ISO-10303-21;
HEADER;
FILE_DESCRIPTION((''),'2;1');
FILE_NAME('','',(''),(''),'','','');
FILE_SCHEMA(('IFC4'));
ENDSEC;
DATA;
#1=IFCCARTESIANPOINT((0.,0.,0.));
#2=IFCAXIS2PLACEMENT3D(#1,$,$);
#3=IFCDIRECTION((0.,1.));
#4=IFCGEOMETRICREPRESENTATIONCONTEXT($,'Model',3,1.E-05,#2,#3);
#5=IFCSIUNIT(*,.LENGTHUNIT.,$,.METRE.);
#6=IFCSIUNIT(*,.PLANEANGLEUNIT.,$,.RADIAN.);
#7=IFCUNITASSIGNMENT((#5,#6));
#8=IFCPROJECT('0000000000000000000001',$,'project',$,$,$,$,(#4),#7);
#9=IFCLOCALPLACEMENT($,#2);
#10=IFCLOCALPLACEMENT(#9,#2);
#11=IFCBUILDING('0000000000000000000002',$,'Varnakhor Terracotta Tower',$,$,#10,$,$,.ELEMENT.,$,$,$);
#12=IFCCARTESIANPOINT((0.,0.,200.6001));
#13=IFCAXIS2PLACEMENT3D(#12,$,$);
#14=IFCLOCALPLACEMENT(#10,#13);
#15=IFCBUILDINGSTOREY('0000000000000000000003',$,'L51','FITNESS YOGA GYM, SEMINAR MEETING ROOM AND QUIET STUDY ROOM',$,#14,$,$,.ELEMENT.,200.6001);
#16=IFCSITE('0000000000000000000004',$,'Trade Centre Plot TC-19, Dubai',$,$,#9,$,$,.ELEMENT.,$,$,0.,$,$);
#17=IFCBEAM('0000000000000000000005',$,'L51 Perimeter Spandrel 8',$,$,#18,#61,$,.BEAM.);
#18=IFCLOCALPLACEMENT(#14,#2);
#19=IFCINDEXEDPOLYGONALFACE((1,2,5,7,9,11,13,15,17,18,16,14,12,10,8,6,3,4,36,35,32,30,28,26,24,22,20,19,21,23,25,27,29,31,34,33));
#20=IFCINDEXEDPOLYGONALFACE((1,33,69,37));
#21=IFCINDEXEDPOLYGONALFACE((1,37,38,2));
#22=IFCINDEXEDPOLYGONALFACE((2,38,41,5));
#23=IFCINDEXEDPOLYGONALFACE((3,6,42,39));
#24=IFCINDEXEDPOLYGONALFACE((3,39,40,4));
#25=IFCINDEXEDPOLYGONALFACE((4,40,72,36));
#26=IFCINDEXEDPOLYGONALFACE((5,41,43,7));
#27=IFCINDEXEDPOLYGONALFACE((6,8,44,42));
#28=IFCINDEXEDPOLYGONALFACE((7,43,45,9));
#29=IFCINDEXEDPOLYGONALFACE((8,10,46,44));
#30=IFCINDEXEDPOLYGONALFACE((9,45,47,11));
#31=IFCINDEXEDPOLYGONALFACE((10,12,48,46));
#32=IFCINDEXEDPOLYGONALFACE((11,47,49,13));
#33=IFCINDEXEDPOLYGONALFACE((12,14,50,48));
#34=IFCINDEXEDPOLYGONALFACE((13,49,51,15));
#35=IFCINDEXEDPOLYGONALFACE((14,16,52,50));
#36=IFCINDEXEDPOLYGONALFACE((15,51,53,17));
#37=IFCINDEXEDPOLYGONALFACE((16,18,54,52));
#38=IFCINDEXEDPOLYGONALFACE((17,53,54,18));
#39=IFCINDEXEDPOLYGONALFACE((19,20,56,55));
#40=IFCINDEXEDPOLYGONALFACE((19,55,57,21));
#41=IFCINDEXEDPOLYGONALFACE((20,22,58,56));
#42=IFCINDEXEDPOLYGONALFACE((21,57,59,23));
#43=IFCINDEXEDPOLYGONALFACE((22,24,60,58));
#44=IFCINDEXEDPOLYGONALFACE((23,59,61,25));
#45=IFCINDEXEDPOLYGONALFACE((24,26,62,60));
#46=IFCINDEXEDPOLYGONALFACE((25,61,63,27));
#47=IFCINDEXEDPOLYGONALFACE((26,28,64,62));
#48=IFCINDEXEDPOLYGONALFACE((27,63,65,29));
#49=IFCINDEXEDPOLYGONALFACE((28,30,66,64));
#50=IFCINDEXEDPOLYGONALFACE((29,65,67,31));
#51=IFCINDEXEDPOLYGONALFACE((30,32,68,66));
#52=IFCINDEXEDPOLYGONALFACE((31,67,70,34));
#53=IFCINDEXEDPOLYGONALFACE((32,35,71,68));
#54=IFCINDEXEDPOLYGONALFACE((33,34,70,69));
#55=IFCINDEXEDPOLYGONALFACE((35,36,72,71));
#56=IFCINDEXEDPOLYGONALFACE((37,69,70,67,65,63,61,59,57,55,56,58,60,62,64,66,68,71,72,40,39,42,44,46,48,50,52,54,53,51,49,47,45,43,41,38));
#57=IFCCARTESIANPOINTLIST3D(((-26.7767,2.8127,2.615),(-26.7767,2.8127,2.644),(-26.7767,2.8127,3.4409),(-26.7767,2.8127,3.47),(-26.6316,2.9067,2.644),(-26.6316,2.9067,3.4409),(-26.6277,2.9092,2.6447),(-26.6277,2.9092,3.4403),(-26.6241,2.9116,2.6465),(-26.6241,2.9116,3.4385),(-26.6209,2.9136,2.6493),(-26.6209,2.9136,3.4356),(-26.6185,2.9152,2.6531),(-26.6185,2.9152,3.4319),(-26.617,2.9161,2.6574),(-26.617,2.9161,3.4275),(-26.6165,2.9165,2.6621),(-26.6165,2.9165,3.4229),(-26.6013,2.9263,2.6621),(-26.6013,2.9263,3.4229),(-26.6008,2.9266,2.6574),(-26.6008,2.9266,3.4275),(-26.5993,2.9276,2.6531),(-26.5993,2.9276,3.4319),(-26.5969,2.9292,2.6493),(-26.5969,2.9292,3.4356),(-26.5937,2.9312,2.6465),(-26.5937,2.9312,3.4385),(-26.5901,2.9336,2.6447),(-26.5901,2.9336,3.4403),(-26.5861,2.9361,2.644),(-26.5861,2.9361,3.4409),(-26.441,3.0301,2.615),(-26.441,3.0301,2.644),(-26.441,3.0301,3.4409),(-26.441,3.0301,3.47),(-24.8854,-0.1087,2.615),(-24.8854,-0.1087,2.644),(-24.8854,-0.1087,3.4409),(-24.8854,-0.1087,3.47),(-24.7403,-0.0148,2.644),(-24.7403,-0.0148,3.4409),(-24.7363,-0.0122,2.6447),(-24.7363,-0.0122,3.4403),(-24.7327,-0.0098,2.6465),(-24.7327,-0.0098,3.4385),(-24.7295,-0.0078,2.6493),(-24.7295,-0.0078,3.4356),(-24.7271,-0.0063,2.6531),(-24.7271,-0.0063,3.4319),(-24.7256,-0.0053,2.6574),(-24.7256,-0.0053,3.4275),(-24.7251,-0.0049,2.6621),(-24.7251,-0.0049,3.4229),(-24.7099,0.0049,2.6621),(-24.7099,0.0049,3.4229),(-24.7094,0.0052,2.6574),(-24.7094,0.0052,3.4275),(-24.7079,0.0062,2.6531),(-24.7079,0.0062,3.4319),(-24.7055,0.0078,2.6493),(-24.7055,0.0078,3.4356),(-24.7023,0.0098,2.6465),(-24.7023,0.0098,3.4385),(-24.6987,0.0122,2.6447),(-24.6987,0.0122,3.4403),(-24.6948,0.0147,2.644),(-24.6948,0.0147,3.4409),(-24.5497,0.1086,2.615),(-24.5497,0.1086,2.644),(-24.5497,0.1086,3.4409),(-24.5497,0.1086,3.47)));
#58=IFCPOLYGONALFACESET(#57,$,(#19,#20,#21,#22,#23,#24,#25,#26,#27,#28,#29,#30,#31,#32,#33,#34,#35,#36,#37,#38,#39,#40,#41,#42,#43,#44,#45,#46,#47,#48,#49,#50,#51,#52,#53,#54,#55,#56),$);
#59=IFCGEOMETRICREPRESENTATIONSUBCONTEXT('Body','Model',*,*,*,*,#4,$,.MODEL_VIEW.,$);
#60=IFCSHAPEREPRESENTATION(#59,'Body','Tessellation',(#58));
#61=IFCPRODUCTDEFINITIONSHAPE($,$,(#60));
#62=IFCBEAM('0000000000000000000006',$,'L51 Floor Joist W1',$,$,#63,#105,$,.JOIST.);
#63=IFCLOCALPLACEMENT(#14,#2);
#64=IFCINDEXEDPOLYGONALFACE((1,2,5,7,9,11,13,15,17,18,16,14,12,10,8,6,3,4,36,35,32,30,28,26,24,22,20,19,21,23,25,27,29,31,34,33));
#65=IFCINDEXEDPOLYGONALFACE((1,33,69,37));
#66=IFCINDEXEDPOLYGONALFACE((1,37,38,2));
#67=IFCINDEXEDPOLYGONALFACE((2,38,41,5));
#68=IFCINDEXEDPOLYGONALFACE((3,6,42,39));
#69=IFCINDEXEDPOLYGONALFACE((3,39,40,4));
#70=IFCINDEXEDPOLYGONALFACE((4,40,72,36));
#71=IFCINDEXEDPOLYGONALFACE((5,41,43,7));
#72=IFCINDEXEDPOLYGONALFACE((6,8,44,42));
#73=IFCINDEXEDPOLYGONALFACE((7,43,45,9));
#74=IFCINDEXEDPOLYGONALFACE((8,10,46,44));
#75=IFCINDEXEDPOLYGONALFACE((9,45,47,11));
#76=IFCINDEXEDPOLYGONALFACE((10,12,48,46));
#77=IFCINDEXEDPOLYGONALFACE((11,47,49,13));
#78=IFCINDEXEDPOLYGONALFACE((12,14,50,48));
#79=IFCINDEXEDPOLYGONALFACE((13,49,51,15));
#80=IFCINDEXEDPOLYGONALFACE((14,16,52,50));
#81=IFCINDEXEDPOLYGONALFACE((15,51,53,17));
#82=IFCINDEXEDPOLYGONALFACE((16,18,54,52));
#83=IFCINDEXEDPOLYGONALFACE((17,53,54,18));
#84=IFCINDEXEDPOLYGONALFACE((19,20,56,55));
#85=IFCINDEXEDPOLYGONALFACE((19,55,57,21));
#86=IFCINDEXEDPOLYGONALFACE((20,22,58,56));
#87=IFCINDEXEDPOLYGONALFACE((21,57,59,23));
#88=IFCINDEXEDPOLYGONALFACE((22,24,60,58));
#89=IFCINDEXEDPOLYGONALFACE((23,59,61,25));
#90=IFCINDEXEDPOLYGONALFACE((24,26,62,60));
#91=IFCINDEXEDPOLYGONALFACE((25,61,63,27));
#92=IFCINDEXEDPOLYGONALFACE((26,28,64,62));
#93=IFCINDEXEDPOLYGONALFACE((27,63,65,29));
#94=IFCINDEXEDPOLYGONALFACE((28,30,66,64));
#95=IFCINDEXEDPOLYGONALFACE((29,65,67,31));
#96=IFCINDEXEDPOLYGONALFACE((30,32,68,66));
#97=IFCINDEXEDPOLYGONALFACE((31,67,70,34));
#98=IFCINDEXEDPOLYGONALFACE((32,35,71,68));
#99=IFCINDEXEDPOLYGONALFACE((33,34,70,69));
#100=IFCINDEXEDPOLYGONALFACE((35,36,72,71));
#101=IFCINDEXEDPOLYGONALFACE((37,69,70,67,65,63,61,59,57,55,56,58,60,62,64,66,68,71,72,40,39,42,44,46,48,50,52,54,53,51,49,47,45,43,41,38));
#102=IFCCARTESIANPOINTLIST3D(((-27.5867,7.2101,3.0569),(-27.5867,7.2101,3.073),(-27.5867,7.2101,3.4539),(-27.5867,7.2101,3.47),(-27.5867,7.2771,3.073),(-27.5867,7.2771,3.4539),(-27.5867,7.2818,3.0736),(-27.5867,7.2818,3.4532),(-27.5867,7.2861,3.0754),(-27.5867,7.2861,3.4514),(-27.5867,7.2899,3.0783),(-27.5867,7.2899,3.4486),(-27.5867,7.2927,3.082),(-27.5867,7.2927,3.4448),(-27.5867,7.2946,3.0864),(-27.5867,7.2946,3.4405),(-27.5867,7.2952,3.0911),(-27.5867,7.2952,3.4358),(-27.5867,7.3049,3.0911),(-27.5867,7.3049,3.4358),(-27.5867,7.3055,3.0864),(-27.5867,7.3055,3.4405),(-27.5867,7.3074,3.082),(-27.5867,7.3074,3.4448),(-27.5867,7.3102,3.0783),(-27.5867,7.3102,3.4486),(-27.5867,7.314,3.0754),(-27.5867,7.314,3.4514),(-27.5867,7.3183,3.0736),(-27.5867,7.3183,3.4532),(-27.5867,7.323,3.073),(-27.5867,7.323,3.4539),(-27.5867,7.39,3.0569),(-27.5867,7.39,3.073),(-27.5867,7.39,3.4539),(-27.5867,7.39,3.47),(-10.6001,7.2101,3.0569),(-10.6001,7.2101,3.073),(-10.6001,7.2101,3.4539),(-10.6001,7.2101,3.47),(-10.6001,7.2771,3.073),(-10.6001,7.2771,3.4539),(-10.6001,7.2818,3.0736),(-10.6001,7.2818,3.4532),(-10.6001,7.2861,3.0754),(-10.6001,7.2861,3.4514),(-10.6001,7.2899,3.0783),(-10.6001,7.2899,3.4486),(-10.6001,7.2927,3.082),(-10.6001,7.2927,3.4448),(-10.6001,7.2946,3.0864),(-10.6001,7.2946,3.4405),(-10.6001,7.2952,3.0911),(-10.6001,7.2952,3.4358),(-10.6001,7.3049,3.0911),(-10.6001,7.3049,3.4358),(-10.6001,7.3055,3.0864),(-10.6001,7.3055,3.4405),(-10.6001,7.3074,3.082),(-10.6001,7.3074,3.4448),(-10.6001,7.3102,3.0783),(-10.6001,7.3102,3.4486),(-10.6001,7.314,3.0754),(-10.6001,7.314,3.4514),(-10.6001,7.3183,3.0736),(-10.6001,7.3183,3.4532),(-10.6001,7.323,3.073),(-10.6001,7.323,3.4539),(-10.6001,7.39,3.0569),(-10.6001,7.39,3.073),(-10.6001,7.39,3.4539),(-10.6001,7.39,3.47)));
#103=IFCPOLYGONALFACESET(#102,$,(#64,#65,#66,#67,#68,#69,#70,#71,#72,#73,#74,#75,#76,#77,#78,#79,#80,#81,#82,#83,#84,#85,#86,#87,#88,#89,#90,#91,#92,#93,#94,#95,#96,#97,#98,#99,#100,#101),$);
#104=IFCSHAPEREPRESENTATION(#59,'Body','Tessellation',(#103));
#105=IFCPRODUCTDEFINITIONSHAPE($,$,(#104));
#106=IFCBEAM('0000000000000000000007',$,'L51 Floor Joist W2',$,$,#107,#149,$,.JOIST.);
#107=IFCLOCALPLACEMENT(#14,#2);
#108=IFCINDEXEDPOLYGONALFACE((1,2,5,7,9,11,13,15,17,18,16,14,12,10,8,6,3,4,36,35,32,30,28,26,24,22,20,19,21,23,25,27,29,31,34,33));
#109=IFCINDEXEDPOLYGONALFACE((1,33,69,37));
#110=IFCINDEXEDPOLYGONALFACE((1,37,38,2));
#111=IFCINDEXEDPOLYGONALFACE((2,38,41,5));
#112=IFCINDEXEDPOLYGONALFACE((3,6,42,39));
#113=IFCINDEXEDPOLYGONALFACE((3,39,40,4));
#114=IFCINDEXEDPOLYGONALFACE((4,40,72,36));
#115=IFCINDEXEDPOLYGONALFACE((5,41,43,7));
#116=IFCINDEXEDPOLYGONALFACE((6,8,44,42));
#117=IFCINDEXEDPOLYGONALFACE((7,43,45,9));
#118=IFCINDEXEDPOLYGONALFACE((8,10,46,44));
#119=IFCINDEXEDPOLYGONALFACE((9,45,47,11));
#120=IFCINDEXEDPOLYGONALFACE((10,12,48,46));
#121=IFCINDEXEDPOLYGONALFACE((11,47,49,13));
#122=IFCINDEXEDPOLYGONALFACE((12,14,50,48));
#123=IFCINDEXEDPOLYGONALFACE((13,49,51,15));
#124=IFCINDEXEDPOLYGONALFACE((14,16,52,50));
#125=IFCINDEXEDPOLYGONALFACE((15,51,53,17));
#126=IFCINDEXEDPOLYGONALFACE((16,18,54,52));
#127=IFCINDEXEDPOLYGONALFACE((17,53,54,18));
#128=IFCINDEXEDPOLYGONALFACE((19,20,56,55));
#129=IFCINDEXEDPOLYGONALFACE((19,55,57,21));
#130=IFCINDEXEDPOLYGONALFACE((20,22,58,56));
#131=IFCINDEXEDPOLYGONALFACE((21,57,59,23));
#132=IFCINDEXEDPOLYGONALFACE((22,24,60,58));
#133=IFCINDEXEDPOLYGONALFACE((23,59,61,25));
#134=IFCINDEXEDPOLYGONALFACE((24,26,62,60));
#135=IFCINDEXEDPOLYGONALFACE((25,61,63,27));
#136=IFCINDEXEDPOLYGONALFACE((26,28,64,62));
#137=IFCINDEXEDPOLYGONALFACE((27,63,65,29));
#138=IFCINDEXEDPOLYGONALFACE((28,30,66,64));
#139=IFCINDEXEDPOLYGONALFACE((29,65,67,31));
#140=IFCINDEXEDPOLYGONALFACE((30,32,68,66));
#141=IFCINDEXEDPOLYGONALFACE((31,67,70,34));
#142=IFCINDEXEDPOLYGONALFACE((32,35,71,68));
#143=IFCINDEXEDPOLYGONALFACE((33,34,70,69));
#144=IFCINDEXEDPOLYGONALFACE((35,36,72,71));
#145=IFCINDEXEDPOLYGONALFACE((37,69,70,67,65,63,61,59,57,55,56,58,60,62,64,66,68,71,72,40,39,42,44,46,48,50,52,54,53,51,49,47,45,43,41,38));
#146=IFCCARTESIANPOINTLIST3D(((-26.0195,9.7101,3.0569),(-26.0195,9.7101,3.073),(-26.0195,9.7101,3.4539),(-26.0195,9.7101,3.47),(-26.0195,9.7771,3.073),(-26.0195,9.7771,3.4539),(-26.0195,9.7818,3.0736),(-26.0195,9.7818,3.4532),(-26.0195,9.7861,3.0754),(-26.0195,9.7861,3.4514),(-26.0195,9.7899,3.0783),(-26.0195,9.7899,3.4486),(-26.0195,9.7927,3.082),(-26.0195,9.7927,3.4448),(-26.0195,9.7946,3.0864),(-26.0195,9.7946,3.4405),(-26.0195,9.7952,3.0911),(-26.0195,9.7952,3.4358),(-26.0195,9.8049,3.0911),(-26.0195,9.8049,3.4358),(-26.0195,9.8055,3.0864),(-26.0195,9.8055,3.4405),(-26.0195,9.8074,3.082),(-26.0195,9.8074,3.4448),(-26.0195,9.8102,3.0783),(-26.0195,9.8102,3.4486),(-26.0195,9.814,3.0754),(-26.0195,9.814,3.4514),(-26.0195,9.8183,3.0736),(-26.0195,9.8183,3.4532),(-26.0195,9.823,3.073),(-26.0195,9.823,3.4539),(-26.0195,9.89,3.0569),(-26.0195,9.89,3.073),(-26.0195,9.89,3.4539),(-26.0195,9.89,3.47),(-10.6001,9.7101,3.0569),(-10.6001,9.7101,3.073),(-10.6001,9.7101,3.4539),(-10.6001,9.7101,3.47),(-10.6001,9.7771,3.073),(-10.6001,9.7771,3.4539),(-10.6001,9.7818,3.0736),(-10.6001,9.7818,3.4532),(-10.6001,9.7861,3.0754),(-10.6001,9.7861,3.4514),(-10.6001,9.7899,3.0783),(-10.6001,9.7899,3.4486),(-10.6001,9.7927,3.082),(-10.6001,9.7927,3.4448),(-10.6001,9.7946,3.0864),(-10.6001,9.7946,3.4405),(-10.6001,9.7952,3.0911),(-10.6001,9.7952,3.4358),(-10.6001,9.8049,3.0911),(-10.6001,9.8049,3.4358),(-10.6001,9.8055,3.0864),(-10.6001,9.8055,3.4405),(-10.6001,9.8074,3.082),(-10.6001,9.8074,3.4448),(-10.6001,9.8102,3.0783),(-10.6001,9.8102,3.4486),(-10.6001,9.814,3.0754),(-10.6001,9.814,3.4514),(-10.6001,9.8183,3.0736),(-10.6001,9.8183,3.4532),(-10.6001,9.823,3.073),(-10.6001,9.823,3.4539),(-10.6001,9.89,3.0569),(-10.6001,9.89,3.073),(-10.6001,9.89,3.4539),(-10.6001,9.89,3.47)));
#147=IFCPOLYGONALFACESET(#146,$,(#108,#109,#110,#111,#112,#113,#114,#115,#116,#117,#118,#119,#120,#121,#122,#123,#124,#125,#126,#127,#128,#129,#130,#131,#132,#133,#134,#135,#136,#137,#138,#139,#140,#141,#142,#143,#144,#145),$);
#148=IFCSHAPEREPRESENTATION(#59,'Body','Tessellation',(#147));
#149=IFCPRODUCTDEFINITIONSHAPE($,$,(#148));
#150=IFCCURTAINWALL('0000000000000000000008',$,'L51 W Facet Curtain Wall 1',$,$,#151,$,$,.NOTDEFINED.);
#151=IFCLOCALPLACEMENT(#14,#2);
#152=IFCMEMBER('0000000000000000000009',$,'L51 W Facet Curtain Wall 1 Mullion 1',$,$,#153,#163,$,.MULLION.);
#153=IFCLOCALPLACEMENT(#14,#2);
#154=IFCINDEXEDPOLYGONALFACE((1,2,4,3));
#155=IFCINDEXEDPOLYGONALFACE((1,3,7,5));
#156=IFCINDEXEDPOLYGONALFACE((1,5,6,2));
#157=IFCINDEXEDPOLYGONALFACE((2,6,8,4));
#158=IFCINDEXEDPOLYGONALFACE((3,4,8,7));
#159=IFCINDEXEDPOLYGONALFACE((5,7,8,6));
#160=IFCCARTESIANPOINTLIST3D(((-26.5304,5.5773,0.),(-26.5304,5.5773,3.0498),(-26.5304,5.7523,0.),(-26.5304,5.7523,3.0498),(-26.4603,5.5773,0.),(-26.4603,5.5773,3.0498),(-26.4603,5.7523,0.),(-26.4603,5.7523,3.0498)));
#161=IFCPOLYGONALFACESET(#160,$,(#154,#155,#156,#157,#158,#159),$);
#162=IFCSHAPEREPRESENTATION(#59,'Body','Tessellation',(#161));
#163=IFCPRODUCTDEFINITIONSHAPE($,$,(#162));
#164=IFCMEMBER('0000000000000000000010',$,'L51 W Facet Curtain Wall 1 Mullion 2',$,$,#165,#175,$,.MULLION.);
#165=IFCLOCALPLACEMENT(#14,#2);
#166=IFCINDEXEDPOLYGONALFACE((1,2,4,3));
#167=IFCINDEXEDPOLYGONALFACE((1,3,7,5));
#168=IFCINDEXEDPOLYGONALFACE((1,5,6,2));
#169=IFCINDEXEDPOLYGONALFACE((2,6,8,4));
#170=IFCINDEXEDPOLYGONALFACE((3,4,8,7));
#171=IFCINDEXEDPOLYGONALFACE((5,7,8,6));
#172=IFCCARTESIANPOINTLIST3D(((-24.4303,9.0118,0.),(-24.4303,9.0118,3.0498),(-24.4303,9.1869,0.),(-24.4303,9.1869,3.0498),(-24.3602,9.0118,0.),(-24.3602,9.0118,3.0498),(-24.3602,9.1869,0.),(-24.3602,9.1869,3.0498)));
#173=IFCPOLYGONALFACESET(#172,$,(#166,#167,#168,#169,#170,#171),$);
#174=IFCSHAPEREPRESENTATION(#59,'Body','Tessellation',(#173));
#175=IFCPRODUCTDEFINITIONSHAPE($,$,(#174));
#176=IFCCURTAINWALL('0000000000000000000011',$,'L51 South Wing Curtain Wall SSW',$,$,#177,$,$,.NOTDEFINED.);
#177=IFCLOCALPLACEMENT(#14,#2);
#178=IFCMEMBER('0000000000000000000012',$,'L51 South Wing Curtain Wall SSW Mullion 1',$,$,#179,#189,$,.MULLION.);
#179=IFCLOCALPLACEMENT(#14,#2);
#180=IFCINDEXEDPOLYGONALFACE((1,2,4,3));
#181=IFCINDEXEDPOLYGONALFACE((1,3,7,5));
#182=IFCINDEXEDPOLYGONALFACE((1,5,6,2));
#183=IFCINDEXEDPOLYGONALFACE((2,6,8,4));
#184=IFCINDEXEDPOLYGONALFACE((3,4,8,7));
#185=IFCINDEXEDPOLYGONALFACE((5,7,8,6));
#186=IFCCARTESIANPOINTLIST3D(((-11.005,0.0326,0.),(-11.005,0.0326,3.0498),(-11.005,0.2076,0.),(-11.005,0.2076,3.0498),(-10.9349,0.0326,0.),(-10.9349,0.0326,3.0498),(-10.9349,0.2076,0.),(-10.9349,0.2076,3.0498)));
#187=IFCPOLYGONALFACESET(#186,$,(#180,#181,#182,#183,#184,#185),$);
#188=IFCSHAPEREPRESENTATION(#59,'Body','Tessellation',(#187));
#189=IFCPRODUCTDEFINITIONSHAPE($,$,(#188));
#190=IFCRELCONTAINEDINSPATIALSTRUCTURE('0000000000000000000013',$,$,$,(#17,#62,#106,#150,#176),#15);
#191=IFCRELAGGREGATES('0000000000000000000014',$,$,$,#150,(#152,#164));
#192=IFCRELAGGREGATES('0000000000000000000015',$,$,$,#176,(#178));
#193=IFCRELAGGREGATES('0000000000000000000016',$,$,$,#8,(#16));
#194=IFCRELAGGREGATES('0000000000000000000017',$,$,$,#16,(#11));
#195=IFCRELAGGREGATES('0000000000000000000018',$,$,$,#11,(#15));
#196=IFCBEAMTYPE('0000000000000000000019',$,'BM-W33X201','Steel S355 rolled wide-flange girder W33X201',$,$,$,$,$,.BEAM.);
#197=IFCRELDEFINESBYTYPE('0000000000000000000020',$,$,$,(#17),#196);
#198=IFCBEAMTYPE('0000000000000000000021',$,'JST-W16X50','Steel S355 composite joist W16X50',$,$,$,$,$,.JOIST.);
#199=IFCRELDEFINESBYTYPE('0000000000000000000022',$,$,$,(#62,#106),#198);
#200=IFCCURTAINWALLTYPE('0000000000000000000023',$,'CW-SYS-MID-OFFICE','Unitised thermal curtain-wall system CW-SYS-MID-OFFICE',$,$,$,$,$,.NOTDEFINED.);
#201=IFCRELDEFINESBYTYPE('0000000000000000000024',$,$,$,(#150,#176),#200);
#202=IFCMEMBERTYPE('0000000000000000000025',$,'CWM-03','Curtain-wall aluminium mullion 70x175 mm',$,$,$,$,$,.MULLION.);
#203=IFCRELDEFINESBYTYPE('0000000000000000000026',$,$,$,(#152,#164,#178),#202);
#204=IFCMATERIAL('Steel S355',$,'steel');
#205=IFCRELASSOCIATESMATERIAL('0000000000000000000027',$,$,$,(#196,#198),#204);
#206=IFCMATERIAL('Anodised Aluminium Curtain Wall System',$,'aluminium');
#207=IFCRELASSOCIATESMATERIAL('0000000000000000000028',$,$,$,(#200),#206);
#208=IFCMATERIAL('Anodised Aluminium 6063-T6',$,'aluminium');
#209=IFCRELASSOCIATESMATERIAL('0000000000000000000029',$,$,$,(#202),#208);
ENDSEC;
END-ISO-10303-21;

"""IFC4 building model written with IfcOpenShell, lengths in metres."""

from ifc_helpers import new_model, si_unit, direction, frame, origin, origin_2d, place, context, subcontext, project, spatial, rectangle, i_section, extrude, source, transform, mapped, material, material_profile, profile_set, type_object, type_shapes, element, aggregate, save


model = new_model("IFC4")

# Units and contexts
model_context = context("Model", 3, precision=1e-05, world=origin(), true_north=direction((0.0, 1.0)))
body_context = subcontext(model_context, "Body", "Model", "MODEL_VIEW")
ifc_project = project(units=[si_unit("LENGTHUNIT", "METRE"), si_unit("PLANEANGLEUNIT", "RADIAN")], contexts=[model_context])

# Site, building, storey
site_placement = place(None, origin())
site = spatial("IfcSite", under=ifc_project, at=site_placement, Name="Trade Centre Plot TC-19, Dubai", CompositionType="ELEMENT", RefElevation=0.0)
building_placement = place(site_placement, origin())
building = spatial("IfcBuilding", under=site, at=building_placement, Name="Varnakhor Terracotta Tower", CompositionType="ELEMENT")
storey_placement = place(building_placement, frame((0.0, 0.0, 200.6001)))
storey = spatial("IfcBuildingStorey", under=building, at=storey_placement, Name="L51", Description="FITNESS YOGA GYM, SEMINAR MEETING ROOM AND QUIET STUDY ROOM", CompositionType="ELEMENT", Elevation=200.6001)

# Beams
ifc_material_1 = material(Name="Steel S355", Category="steel")
ifc_material_profile_1 = material_profile(ifc_material_1, i_section(OverallWidth=0.3999, OverallDepth=0.855, WebThickness=0.0181, FlangeThickness=0.0291, FilletRadius=0.0181, at=origin_2d()), Name="W33X201")
ifc_profile_set_1 = profile_set([ifc_material_profile_1], Name="Steel S355")
beam_type_1 = type_object("IfcBeamType", Name="BM-W33X201", Description="Steel S355 rolled wide-flange girder W33X201", PredefinedType="BEAM", material=ifc_profile_set_1)
shared_shape_1 = source(origin(), body_context, "Body", "SweptSolid", [
    extrude(i_section(OverallWidth=0.3999, OverallDepth=0.855, WebThickness=0.0181, FlangeThickness=0.0291, FilletRadius=0.0181, at=origin_2d()), origin(), (0.0, 0.0, 1.0), 3.4802),
])
beam_1_placement = place(storey_placement, frame((-26.6089, 2.9214, 3.0425), z_axis=(0.543464, -0.839433, 0.0), x_axis=(0.839433, 0.543464, 0.0)))
element("IfcBeam", 1, at=beam_1_placement, inside=storey, type_object=beam_type_1, Name="L51 Perimeter Spandrel 8", PredefinedType="BEAM", context=body_context, shape_type="MappedRepresentation", body=[
    mapped(shared_shape_1, transform((0.0, 0.0, 0.0), scale=1.0)),
])
ifc_material_profile_2 = material_profile(ifc_material_1, i_section(OverallWidth=0.1799, OverallDepth=0.4131, WebThickness=0.0098, FlangeThickness=0.0161, FilletRadius=0.0181, at=origin_2d()), Name="W16X50")
ifc_profile_set_2 = profile_set([ifc_material_profile_2], Name="Steel S355")
beam_type_2 = type_object("IfcBeamType", Name="JST-W16X50", Description="Steel S355 composite joist W16X50", PredefinedType="JOIST", material=ifc_profile_set_2)
shared_shape_2 = source(origin(), body_context, "Body", "SweptSolid", [
    extrude(i_section(OverallWidth=0.1799, OverallDepth=0.4131, WebThickness=0.0098, FlangeThickness=0.0161, FilletRadius=0.0181, at=origin_2d()), origin(), (0.0, 0.0, 1.0), 16.9866),
])
beam_2_placement = place(storey_placement, frame((-27.5867, 7.3, 3.2634), z_axis=(1.0, 0.0, 0.0), x_axis=(0.0, 1.0, 0.0)))
element("IfcBeam", 2, at=beam_2_placement, inside=storey, type_object=beam_type_2, Name="L51 Floor Joist W1", PredefinedType="JOIST", context=body_context, shape_type="MappedRepresentation", body=[
    mapped(shared_shape_2, transform((0.0, 0.0, 0.0), scale=1.0)),
])
shared_shape_3 = source(origin(), body_context, "Body", "SweptSolid", [
    extrude(i_section(OverallWidth=0.1799, OverallDepth=0.4131, WebThickness=0.0098, FlangeThickness=0.0161, FilletRadius=0.0181, at=origin_2d()), origin(), (0.0, 0.0, 1.0), 15.4194),
])
beam_3_placement = place(storey_placement, frame((-26.0195, 9.8, 3.2634), z_axis=(1.0, 0.0, 0.0), x_axis=(0.0, 1.0, 0.0)))
element("IfcBeam", 3, at=beam_3_placement, inside=storey, type_object=beam_type_2, Name="L51 Floor Joist W2", PredefinedType="JOIST", context=body_context, shape_type="MappedRepresentation", body=[
    mapped(shared_shape_3, transform((0.0, 0.0, 0.0), scale=1.0)),
])

# Curtain walls, members
ifc_material_2 = material(Name="Anodised Aluminium Curtain Wall System", Category="aluminium")
curtain_wall_type = type_object("IfcCurtainWallType", Name="CW-SYS-MID-OFFICE", Description="Unitised thermal curtain-wall system CW-SYS-MID-OFFICE", PredefinedType="NOTDEFINED", material=ifc_material_2)
curtain_wall_1_placement = place(storey_placement, origin())
curtain_wall_1 = element("IfcCurtainWall", 4, at=curtain_wall_1_placement, inside=storey, type_object=curtain_wall_type, Name="L51 W Facet Curtain Wall 1", PredefinedType="NOTDEFINED")
ifc_material_3 = material(Name="Anodised Aluminium 6063-T6", Category="aluminium")
ifc_material_profile_3 = material_profile(ifc_material_3, rectangle(XDim=0.0701, YDim=0.175, at=origin_2d()), Name="ALU MULLION 70x175")
ifc_profile_set_3 = profile_set([ifc_material_profile_3], Name="Anodised Aluminium 6063-T6")
member_type_1 = type_object("IfcMemberType", Name="CWM-03", Description="Curtain-wall aluminium mullion 70x175 mm", PredefinedType="MULLION", material=ifc_profile_set_3)
shared_shape_4 = source(origin(), body_context, "Body", "SweptSolid", [
    extrude(rectangle(XDim=0.0701, YDim=0.175, at=origin_2d()), origin(), (0.0, 0.0, 1.0), 3.0498),
])
type_shapes(member_type_1, [shared_shape_4])
member_1_placement = place(storey_placement, frame((-26.4954, 5.6648, 0.0), z_axis=(0.0, 0.0, 1.0), x_axis=(1.0, 0.0, 0.0)))
member_1 = element("IfcMember", 5, at=member_1_placement, type_object=member_type_1, Name="L51 W Facet Curtain Wall 1 Mullion 1", PredefinedType="MULLION", context=body_context, shape_type="MappedRepresentation", body=[
    mapped(shared_shape_4, transform((0.0, 0.0, 0.0), scale=1.0)),
])
member_2_placement = place(storey_placement, frame((-24.3953, 9.0994, 0.0), z_axis=(0.0, 0.0, 1.0), x_axis=(1.0, 0.0, 0.0)))
member_2 = element("IfcMember", 6, at=member_2_placement, type_object=member_type_1, Name="L51 W Facet Curtain Wall 1 Mullion 2", PredefinedType="MULLION", context=body_context, shape_type="MappedRepresentation", body=[
    mapped(shared_shape_4, transform((0.0, 0.0, 0.0), scale=1.0)),
])
curtain_wall_2_placement = place(storey_placement, origin())
curtain_wall_2 = element("IfcCurtainWall", 7, at=curtain_wall_2_placement, inside=storey, type_object=curtain_wall_type, Name="L51 South Wing Curtain Wall SSW", PredefinedType="NOTDEFINED")
member_3_placement = place(storey_placement, frame((-10.97, 0.1201, 0.0), z_axis=(0.0, 0.0, 1.0), x_axis=(1.0, 0.0, 0.0)))
member_3 = element("IfcMember", 8, at=member_3_placement, type_object=member_type_1, Name="L51 South Wing Curtain Wall SSW Mullion 1", PredefinedType="MULLION", context=body_context, shape_type="MappedRepresentation", body=[
    mapped(shared_shape_4, transform((0.0, 0.0, 0.0), scale=1.0)),
])

aggregate(curtain_wall_1, [member_1, member_2])
aggregate(curtain_wall_2, [member_3])

save(model, "model.ifc")
